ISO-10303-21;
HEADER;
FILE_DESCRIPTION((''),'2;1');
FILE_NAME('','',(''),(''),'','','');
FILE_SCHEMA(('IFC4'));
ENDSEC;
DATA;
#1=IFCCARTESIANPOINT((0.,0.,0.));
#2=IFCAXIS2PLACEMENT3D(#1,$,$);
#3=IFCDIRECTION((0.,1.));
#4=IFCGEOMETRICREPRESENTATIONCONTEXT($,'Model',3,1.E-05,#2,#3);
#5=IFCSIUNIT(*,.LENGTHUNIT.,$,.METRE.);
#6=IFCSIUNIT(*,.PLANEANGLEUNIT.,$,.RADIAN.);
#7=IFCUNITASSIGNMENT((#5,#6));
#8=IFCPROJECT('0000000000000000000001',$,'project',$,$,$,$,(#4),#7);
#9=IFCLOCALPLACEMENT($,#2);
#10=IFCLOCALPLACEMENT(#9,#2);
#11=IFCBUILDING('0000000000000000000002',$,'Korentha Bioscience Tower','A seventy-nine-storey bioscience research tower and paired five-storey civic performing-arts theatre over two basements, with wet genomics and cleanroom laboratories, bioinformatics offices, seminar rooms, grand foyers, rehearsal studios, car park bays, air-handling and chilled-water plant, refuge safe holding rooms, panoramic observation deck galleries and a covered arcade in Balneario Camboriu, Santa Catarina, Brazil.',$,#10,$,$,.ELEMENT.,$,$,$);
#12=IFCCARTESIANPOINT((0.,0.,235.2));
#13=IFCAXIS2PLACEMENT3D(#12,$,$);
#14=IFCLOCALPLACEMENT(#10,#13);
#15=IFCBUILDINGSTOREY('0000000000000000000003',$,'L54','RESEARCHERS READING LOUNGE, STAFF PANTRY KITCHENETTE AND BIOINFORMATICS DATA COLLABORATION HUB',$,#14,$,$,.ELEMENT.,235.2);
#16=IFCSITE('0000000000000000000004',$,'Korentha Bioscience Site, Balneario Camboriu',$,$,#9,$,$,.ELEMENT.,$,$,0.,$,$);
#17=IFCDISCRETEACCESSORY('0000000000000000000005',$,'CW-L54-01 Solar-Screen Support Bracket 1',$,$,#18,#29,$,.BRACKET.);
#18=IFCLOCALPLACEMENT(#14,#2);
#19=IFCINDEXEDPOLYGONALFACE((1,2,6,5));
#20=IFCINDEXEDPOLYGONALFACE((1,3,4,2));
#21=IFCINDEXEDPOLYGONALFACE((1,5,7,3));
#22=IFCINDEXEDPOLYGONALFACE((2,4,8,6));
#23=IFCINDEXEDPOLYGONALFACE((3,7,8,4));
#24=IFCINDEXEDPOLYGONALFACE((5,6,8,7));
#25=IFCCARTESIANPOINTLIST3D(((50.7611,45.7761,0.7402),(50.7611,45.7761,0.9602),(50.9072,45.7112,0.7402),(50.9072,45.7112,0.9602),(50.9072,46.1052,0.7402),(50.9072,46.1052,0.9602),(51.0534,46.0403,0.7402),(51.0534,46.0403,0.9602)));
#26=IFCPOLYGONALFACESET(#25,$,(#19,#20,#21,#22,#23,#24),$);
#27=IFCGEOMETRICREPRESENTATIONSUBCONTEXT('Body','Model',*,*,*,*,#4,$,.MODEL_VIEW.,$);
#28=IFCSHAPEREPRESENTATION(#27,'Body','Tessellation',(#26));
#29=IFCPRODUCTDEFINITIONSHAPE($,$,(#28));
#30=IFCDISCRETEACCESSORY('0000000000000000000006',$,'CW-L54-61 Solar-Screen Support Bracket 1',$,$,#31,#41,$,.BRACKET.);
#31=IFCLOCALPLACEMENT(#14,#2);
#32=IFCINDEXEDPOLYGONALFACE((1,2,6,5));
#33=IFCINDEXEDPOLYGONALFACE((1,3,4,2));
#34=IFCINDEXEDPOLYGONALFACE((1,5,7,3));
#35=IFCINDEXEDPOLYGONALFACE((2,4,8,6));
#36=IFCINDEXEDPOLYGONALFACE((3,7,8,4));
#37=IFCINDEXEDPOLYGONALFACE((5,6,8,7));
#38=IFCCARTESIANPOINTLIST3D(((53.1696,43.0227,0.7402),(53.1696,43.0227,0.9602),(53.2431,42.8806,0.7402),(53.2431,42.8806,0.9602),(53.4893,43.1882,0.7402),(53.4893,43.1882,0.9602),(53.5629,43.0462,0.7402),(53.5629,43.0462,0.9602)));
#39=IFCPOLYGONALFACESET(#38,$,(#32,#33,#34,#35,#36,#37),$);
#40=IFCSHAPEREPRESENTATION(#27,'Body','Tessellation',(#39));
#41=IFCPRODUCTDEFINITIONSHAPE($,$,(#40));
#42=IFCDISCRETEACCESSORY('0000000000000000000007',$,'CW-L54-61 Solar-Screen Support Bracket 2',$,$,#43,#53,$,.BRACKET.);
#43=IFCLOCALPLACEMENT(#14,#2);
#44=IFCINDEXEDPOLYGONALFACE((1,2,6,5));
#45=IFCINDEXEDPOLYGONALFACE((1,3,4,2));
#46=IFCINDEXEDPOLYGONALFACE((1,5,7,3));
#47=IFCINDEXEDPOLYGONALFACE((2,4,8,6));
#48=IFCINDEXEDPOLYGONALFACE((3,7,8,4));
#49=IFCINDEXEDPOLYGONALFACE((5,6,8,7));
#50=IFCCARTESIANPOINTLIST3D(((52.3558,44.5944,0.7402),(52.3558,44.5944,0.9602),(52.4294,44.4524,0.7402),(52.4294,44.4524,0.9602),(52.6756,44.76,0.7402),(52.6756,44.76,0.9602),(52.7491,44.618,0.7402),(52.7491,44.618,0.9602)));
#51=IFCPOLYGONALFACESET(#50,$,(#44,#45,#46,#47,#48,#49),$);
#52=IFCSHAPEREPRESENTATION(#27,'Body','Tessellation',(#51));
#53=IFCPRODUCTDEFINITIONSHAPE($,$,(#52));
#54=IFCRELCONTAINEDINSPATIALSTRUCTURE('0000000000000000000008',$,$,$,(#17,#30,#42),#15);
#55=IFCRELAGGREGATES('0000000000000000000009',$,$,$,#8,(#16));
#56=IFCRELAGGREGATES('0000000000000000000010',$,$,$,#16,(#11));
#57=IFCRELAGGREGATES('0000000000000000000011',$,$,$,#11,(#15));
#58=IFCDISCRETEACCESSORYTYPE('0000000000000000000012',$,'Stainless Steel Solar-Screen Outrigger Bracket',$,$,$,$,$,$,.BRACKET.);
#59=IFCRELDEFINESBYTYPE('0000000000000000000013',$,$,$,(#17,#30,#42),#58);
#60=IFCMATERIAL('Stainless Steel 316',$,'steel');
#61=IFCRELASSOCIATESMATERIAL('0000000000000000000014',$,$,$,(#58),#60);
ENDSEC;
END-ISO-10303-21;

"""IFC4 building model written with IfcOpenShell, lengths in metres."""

from ifc_helpers import new_model, si_unit, direction, frame, origin, origin_2d, place, context, subcontext, project, spatial, rectangle, extrude, material, type_object, element, save


model = new_model("IFC4")

# Units and contexts
model_context = context("Model", 3, precision=1e-05, world=origin(), true_north=direction((0.0, 1.0)))
body_context = subcontext(model_context, "Body", "Model", "MODEL_VIEW")
ifc_project = project(units=[si_unit("LENGTHUNIT", "METRE"), si_unit("PLANEANGLEUNIT", "RADIAN")], contexts=[model_context])

# Site, building, storey
site_placement = place(None, origin())
site = spatial("IfcSite", under=ifc_project, at=site_placement, Name="Korentha Bioscience Site, Balneario Camboriu", CompositionType="ELEMENT", RefElevation=0.0)
building_placement = place(site_placement, origin())
building = spatial("IfcBuilding", under=site, at=building_placement, Name="Korentha Bioscience Tower", Description="A seventy-nine-storey bioscience research tower and paired five-storey civic performing-arts theatre over two basements, with wet genomics and cleanroom laboratories, bioinformatics offices, seminar rooms, grand foyers, rehearsal studios, car park bays, air-handling and chilled-water plant, refuge safe holding rooms, panoramic observation deck galleries and a covered arcade in Balneario Camboriu, Santa Catarina, Brazil.", CompositionType="ELEMENT")
storey_placement = place(building_placement, frame((0.0, 0.0, 235.2)))
storey = spatial("IfcBuildingStorey", under=building, at=storey_placement, Name="L54", Description="RESEARCHERS READING LOUNGE, STAFF PANTRY KITCHENETTE AND BIOINFORMATICS DATA COLLABORATION HUB", CompositionType="ELEMENT", Elevation=235.2)

# Discrete accessories
ifc_material_1 = material(Name="Stainless Steel 316", Category="steel")
discrete_accessory_type = type_object("IfcDiscreteAccessoryType", Name="Stainless Steel Solar-Screen Outrigger Bracket", PredefinedType="BRACKET", material=ifc_material_1)
for number, where, z_axis, x_axis, name in (
    (1, (50.9072, 45.9082, 0.7402), (0.0, 0.0, 1.0), (-0.913944, 0.40584, 0.0), "CW-L54-01 Solar-Screen Support Bracket 1"),
    (2, (53.3662, 43.0344, 0.7402), (0.0, 0.0, 1.0), (-0.459738, 0.888055, 0.0), "CW-L54-61 Solar-Screen Support Bracket 1"),
    (3, (52.5525, 44.6062, 0.7402), (0.0, 0.0, 1.0), (-0.459738, 0.888055, 0.0), "CW-L54-61 Solar-Screen Support Bracket 2"),
):
    element("IfcDiscreteAccessory", number, at=place(storey_placement, frame(where, z_axis=z_axis, x_axis=x_axis)), inside=storey, type_object=discrete_accessory_type, Name=name, PredefinedType="BRACKET", context=body_context, shape_type="SweptSolid", body=[
        extrude(rectangle(XDim=0.1599, YDim=0.3601, at=origin_2d()), origin(), (0.0, 0.0, 1.0), 0.22),
    ])

save(model, "model.ifc")
